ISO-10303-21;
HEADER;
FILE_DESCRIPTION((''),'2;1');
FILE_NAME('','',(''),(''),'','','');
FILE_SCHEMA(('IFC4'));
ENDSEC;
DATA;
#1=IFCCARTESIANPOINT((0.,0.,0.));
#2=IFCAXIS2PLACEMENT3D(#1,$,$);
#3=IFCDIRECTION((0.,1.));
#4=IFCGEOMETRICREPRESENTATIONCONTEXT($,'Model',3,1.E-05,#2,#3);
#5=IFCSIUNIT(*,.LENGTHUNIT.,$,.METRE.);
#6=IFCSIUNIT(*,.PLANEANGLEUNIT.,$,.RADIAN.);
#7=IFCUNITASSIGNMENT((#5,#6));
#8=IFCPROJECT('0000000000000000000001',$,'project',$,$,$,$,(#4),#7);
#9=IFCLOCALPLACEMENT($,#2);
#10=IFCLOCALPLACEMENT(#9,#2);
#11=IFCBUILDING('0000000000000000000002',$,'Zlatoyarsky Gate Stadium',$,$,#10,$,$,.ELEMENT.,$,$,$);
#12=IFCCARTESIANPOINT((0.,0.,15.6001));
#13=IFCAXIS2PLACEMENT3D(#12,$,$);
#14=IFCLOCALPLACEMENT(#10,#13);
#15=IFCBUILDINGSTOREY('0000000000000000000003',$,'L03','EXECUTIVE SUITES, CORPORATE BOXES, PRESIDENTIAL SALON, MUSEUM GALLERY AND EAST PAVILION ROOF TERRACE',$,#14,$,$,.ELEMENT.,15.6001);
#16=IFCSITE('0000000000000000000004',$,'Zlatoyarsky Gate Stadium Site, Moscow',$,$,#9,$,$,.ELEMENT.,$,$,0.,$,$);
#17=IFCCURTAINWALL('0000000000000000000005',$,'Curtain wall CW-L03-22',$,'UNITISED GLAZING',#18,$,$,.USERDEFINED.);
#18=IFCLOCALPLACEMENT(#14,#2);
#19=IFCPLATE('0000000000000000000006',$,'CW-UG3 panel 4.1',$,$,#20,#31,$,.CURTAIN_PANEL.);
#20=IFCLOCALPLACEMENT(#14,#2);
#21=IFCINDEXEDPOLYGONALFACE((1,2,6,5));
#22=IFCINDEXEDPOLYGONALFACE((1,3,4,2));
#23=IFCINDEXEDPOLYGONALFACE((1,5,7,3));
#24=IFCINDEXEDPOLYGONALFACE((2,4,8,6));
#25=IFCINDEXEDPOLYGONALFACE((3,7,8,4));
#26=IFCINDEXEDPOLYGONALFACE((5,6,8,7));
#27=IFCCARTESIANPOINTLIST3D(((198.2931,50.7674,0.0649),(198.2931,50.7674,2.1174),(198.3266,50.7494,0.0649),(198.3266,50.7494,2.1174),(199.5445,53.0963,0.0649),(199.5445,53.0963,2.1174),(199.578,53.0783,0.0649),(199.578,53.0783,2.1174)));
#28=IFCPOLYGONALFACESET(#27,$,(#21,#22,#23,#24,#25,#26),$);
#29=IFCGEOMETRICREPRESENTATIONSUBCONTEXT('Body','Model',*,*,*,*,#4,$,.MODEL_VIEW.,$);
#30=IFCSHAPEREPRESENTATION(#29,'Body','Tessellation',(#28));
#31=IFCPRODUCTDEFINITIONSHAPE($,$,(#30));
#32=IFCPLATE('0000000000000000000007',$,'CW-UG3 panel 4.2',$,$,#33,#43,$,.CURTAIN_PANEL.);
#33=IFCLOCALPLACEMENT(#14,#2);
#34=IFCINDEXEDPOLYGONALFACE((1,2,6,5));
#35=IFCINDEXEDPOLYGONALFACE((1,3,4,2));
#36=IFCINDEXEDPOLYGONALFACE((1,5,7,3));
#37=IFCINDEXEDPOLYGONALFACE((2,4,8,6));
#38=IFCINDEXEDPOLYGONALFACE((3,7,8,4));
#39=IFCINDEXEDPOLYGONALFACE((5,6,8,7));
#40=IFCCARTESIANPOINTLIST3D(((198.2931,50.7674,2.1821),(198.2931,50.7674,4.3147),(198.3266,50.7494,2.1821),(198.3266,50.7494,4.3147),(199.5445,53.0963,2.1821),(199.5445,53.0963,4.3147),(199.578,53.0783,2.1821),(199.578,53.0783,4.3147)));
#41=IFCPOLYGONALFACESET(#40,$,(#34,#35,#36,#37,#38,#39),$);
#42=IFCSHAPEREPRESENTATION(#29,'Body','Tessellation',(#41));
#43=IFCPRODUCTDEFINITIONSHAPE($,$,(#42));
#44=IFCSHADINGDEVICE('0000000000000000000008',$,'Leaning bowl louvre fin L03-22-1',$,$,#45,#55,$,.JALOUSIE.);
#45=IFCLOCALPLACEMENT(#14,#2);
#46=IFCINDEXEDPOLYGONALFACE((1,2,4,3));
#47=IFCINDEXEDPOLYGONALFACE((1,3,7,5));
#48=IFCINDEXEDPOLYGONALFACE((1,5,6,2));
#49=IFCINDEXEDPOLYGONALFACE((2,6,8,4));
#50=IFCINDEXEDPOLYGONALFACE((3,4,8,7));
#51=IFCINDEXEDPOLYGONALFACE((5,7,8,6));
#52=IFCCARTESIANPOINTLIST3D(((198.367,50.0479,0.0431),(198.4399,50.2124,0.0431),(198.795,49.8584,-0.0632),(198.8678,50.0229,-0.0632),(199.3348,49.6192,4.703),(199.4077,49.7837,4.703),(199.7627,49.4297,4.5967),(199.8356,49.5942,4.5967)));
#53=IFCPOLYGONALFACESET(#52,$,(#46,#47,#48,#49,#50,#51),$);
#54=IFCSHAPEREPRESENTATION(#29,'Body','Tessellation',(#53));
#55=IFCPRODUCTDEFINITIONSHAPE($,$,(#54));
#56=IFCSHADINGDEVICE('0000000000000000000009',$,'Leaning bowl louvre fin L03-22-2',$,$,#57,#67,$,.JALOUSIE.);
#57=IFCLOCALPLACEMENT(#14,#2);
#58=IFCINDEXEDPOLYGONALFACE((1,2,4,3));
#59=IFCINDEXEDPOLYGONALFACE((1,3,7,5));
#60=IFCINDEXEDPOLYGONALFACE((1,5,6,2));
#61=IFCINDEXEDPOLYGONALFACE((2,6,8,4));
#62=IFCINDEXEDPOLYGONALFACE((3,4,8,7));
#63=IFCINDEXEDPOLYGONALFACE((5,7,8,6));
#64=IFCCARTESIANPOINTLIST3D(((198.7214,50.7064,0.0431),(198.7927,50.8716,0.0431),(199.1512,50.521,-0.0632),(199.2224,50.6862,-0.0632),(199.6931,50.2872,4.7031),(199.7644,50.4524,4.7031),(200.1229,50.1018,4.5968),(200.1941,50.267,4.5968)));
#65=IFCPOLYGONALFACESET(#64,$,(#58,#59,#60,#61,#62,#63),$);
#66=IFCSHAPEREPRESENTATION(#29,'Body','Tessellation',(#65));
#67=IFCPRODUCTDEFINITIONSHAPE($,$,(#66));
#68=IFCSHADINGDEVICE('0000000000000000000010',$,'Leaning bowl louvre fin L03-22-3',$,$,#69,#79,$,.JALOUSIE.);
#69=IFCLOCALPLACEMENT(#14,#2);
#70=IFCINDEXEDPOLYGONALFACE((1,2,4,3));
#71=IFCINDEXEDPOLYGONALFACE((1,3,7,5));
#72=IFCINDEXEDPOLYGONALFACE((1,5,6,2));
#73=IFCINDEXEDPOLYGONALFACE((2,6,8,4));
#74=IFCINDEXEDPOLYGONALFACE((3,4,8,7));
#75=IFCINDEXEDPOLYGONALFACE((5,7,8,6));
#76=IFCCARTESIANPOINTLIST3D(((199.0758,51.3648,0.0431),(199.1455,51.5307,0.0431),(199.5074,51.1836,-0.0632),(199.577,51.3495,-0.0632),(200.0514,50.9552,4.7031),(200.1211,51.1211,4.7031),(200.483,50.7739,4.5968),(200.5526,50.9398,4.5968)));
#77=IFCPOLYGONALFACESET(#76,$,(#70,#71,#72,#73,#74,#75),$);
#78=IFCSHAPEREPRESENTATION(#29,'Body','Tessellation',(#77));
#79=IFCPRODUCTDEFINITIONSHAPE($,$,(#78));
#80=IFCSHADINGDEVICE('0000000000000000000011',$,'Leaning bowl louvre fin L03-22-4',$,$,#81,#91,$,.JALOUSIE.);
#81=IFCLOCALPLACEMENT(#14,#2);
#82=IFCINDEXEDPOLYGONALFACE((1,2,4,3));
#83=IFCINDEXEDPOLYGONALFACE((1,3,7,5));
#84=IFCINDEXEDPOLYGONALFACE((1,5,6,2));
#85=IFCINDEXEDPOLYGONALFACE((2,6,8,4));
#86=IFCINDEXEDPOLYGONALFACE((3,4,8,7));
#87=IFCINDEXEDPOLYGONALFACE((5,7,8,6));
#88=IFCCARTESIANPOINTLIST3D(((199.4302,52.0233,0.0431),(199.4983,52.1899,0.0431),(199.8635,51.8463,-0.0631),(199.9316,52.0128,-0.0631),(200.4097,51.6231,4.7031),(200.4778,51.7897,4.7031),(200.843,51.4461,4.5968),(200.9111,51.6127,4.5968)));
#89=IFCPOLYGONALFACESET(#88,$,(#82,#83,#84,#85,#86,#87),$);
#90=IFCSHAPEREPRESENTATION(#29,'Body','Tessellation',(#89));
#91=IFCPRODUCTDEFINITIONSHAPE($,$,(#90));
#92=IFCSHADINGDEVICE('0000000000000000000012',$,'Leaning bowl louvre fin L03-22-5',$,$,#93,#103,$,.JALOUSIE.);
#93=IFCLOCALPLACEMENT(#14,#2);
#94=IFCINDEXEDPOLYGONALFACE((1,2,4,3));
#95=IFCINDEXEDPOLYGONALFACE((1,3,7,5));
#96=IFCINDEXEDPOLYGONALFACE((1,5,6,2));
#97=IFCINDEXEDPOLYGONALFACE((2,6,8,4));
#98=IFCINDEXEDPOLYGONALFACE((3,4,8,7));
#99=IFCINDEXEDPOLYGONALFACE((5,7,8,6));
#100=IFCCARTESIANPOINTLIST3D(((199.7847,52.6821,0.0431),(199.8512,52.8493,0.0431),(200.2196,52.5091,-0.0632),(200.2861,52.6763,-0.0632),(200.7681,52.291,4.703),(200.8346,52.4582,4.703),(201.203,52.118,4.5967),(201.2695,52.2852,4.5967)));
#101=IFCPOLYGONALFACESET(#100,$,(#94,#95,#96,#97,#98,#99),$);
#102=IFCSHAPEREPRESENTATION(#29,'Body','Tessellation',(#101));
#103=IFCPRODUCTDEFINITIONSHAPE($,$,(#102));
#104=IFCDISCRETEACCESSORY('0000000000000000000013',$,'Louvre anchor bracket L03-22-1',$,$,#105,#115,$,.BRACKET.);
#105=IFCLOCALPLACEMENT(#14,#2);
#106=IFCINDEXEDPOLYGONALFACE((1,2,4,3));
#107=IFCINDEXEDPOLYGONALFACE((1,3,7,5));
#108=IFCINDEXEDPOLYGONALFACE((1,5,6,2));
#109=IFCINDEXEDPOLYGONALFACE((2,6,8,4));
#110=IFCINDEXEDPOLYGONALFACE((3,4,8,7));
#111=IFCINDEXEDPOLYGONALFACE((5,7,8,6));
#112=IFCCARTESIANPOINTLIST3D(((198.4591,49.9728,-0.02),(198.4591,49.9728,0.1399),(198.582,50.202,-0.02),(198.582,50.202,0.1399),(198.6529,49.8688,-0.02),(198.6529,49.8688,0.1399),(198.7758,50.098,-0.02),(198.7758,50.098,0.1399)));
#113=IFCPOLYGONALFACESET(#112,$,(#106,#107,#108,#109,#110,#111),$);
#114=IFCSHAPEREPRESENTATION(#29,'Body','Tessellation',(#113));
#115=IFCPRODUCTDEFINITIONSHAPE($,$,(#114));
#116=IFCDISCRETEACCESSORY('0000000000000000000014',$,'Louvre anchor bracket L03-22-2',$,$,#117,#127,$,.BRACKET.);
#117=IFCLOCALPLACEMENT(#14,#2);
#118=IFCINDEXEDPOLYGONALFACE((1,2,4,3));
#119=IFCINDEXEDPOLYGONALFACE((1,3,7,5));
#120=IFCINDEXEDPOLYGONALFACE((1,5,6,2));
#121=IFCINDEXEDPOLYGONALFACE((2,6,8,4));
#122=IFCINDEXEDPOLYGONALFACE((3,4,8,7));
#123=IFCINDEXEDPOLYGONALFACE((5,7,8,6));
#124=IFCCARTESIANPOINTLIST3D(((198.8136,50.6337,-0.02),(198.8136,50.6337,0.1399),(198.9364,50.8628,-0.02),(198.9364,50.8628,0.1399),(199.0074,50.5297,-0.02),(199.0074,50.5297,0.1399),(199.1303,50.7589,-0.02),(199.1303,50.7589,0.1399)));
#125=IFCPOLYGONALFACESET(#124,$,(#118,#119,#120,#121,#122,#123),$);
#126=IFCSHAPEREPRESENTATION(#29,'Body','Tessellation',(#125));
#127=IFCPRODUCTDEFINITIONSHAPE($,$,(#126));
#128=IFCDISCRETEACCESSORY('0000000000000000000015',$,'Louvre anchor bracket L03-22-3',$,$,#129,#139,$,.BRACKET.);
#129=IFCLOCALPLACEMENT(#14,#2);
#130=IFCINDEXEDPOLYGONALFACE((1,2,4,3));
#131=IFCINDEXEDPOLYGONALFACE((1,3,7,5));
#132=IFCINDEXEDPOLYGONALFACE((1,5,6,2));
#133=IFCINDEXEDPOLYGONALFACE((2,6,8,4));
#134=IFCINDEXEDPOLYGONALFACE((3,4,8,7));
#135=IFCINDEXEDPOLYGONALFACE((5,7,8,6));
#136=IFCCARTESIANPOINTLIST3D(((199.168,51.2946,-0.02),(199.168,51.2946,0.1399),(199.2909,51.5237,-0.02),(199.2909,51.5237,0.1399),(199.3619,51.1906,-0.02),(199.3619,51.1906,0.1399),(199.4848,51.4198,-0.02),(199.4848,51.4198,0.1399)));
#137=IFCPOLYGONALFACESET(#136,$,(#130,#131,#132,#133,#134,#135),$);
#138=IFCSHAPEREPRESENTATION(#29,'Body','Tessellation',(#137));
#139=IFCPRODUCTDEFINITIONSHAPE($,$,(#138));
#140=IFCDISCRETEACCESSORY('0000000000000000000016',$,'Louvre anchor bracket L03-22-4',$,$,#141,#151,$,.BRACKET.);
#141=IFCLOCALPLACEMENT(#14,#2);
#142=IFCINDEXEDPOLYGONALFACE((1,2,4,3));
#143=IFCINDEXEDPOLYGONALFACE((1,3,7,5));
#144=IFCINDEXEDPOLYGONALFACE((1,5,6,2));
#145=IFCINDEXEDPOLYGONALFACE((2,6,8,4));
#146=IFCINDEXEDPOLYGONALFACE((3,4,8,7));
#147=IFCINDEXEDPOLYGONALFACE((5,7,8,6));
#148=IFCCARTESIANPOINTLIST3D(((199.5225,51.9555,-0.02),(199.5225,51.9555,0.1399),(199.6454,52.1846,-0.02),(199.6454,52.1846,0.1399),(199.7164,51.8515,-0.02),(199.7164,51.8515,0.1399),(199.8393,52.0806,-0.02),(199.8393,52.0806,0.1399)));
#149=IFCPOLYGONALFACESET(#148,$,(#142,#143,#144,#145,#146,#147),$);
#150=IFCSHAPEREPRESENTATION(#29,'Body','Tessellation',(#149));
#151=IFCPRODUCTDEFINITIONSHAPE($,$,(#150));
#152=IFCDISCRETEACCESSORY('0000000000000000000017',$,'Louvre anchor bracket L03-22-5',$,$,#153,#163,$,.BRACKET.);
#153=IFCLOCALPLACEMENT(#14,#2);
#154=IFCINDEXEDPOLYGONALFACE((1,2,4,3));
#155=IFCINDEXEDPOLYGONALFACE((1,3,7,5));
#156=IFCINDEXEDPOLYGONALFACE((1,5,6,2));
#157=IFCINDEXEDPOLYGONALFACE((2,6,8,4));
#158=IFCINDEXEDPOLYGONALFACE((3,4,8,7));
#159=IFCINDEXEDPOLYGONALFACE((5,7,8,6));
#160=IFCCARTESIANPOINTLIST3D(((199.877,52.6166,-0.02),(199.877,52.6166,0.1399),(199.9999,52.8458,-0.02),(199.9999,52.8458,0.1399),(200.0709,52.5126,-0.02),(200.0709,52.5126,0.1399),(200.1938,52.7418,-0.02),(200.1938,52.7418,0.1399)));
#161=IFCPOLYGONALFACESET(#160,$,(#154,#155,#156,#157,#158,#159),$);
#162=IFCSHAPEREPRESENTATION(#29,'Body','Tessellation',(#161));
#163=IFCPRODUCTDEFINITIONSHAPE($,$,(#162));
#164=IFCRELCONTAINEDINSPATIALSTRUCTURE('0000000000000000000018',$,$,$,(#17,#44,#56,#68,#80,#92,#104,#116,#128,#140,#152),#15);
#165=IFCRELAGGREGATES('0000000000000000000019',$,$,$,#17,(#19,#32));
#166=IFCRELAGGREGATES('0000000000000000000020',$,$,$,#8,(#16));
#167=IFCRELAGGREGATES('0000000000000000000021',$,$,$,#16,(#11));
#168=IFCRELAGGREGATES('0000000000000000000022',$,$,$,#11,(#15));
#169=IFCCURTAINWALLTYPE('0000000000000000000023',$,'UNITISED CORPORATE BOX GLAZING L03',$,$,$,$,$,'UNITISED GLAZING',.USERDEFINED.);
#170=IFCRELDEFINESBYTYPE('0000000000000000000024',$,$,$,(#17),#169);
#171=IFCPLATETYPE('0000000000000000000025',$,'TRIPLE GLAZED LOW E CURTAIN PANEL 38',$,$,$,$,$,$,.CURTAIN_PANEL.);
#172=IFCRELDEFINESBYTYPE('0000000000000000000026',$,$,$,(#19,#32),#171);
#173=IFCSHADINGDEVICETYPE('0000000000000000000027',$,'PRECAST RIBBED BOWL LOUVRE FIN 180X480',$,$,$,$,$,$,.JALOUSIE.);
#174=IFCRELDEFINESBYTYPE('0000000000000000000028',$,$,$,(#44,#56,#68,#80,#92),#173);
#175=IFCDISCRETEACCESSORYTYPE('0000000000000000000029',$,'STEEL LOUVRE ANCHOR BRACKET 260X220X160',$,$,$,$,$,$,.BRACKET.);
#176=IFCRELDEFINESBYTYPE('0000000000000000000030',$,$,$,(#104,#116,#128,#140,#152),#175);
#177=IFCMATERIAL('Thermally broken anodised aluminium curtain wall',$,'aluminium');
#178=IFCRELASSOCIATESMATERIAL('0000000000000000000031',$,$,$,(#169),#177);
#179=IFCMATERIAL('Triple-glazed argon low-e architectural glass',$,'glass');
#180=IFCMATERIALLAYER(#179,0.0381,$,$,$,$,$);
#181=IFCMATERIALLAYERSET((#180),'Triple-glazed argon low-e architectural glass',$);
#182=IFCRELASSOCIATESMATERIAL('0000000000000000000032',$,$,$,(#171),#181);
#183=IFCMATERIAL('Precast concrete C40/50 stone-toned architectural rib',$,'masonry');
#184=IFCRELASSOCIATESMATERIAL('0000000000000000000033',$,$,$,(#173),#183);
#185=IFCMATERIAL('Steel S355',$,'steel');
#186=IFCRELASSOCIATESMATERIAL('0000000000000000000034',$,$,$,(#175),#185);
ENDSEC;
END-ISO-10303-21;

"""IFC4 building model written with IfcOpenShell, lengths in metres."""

from ifc_helpers import new_model, si_unit, direction, frame, origin, origin_2d, place, context, subcontext, project, spatial, rectangle, extrude, material, layer, layer_set, material_profile, profile_set, type_object, element, aggregate, save


model = new_model("IFC4")

# Units and contexts
model_context = context("Model", 3, precision=1e-05, world=origin(), true_north=direction((0.0, 1.0)))
body_context = subcontext(model_context, "Body", "Model", "MODEL_VIEW")
ifc_project = project(units=[si_unit("LENGTHUNIT", "METRE"), si_unit("PLANEANGLEUNIT", "RADIAN")], contexts=[model_context])

# Site, building, storey
site_placement = place(None, origin())
site = spatial("IfcSite", under=ifc_project, at=site_placement, Name="Zlatoyarsky Gate Stadium Site, Moscow", CompositionType="ELEMENT", RefElevation=0.0)
building_placement = place(site_placement, origin())
building = spatial("IfcBuilding", under=site, at=building_placement, Name="Zlatoyarsky Gate Stadium", CompositionType="ELEMENT")
storey_placement = place(building_placement, frame((0.0, 0.0, 15.6001)))
storey = spatial("IfcBuildingStorey", under=building, at=storey_placement, Name="L03", Description="EXECUTIVE SUITES, CORPORATE BOXES, PRESIDENTIAL SALON, MUSEUM GALLERY AND EAST PAVILION ROOF TERRACE", CompositionType="ELEMENT", Elevation=15.6001)

# Curtain wall
ifc_material_1 = material(Name="Thermally broken anodised aluminium curtain wall", Category="aluminium")
curtain_wall_type = type_object("IfcCurtainWallType", Name="UNITISED CORPORATE BOX GLAZING L03", ElementType="UNITISED GLAZING", PredefinedType="USERDEFINED", material=ifc_material_1)
curtain_wall_placement = place(storey_placement, origin())
curtain_wall = element("IfcCurtainWall", 1, at=curtain_wall_placement, inside=storey, type_object=curtain_wall_type, Name="Curtain wall CW-L03-22", ObjectType="UNITISED GLAZING", PredefinedType="USERDEFINED")

# Shared definitions
ifc_material_2 = material(Name="Steel S355", Category="steel")

# Plates
ifc_material_3 = material(Name="Triple-glazed argon low-e architectural glass", Category="glass")
ifc_layer_1 = layer(ifc_material_3, 0.0381)
ifc_layer_set_1 = layer_set([ifc_layer_1], Name="Triple-glazed argon low-e architectural glass")
plate_type_1 = type_object("IfcPlateType", Name="TRIPLE GLAZED LOW E CURTAIN PANEL 38", PredefinedType="CURTAIN_PANEL", material=ifc_layer_set_1)
plate_1_placement = place(storey_placement, frame((198.9355, 51.9229, 0.0649), z_axis=(0.0, 0.0, 1.0), x_axis=(0.473345, 0.880877, 0.0)))
plate_1 = element("IfcPlate", 2, at=plate_1_placement, type_object=plate_type_1, Name="CW-UG3 panel 4.1", PredefinedType="CURTAIN_PANEL", context=body_context, shape_type="SweptSolid", body=[
    extrude(rectangle(XDim=2.6438, YDim=0.0381, at=origin_2d()), origin(), (0.0, 0.0, 1.0), 2.0525),
])
plate_2_placement = place(storey_placement, frame((198.9355, 51.9229, 2.1821), z_axis=(0.0, 0.0, 1.0), x_axis=(0.473345, 0.880877, 0.0)))
plate_2 = element("IfcPlate", 3, at=plate_2_placement, type_object=plate_type_1, Name="CW-UG3 panel 4.2", PredefinedType="CURTAIN_PANEL", context=body_context, shape_type="SweptSolid", body=[
    extrude(rectangle(XDim=2.6438, YDim=0.0381, at=origin_2d()), origin(), (0.0, 0.0, 1.0), 2.1326),
])
aggregate(curtain_wall, [plate_1, plate_2])

# Shading devices
ifc_material_4 = material(Name="Precast concrete C40/50 stone-toned architectural rib", Category="masonry")
ifc_material_profile_1 = material_profile(ifc_material_4, rectangle(XDim=0.1799, YDim=0.48, at=origin_2d()), Name="RIB 180X480")
ifc_profile_set_1 = profile_set([ifc_material_profile_1], Name="Precast concrete C40/50 stone-toned architectural rib")
shading_device_type = type_object("IfcShadingDeviceType", Name="PRECAST RIBBED BOWL LOUVRE FIN 180X480", PredefinedType="JALOUSIE", material=ifc_profile_set_1)
for number, where, z_axis, x_axis, name in (
    (4, (198.6174, 50.0354, -0.01), (0.202522, -0.089714, 0.97516), (0.405025, 0.914305, 0.0), "Leaning bowl louvre fin L03-22-1"),
    (5, (198.9719, 50.6963, -0.01), (0.203341, -0.087723, 0.97517), (0.396118, 0.9182, 0.0), "Leaning bowl louvre fin L03-22-2"),
    (6, (199.3264, 51.3572, -0.01), (0.20416, -0.085731, 0.975176), (0.38717, 0.922008, 0.0), "Leaning bowl louvre fin L03-22-3"),
    (7, (199.6809, 52.0181, -0.01), (0.204978, -0.083738, 0.975178), (0.378184, 0.925731, 0.0), "Leaning bowl louvre fin L03-22-4"),
    (8, (200.0354, 52.6792, -0.01), (0.205793, -0.081847, 0.975167), (0.36956, 0.929207, 0.0), "Leaning bowl louvre fin L03-22-5"),
):
    element("IfcShadingDevice", number, at=place(storey_placement, frame(where, z_axis=z_axis, x_axis=x_axis)), inside=storey, type_object=shading_device_type, Name=name, PredefinedType="JALOUSIE", context=body_context, shape_type="SweptSolid", body=[
        extrude(rectangle(XDim=0.1799, YDim=0.48, at=origin_2d()), origin(), (0.0, 0.0, 1.0), 4.7786),
    ])

# Discrete accessories
discrete_accessory_type = type_object("IfcDiscreteAccessoryType", Name="STEEL LOUVRE ANCHOR BRACKET 260X220X160", PredefinedType="BRACKET", material=ifc_material_2)
for number, where, z_axis, x_axis, name in (
    (9, (198.6174, 50.0354, -0.02), (0.0, 0.0, 1.0), (0.472643, 0.881254, 0.0), "Louvre anchor bracket L03-22-1"),
    (10, (198.9719, 50.6963, -0.02), (0.0, 0.0, 1.0), (0.472643, 0.881254, 0.0), "Louvre anchor bracket L03-22-2"),
    (11, (199.3264, 51.3572, -0.02), (0.0, 0.0, 1.0), (0.472643, 0.881254, 0.0), "Louvre anchor bracket L03-22-3"),
    (12, (199.6809, 52.0181, -0.02), (0.0, 0.0, 1.0), (0.472643, 0.881254, 0.0), "Louvre anchor bracket L03-22-4"),
    (13, (200.0354, 52.6792, -0.02), (0.0, 0.0, 1.0), (0.472643, 0.881254, 0.0), "Louvre anchor bracket L03-22-5"),
):
    element("IfcDiscreteAccessory", number, at=place(storey_placement, frame(where, z_axis=z_axis, x_axis=x_axis)), inside=storey, type_object=discrete_accessory_type, Name=name, PredefinedType="BRACKET", context=body_context, shape_type="SweptSolid", body=[
        extrude(rectangle(XDim=0.26, YDim=0.22, at=origin_2d()), origin(), (0.0, 0.0, 1.0), 0.1599),
    ])

save(model, "model.ifc")
